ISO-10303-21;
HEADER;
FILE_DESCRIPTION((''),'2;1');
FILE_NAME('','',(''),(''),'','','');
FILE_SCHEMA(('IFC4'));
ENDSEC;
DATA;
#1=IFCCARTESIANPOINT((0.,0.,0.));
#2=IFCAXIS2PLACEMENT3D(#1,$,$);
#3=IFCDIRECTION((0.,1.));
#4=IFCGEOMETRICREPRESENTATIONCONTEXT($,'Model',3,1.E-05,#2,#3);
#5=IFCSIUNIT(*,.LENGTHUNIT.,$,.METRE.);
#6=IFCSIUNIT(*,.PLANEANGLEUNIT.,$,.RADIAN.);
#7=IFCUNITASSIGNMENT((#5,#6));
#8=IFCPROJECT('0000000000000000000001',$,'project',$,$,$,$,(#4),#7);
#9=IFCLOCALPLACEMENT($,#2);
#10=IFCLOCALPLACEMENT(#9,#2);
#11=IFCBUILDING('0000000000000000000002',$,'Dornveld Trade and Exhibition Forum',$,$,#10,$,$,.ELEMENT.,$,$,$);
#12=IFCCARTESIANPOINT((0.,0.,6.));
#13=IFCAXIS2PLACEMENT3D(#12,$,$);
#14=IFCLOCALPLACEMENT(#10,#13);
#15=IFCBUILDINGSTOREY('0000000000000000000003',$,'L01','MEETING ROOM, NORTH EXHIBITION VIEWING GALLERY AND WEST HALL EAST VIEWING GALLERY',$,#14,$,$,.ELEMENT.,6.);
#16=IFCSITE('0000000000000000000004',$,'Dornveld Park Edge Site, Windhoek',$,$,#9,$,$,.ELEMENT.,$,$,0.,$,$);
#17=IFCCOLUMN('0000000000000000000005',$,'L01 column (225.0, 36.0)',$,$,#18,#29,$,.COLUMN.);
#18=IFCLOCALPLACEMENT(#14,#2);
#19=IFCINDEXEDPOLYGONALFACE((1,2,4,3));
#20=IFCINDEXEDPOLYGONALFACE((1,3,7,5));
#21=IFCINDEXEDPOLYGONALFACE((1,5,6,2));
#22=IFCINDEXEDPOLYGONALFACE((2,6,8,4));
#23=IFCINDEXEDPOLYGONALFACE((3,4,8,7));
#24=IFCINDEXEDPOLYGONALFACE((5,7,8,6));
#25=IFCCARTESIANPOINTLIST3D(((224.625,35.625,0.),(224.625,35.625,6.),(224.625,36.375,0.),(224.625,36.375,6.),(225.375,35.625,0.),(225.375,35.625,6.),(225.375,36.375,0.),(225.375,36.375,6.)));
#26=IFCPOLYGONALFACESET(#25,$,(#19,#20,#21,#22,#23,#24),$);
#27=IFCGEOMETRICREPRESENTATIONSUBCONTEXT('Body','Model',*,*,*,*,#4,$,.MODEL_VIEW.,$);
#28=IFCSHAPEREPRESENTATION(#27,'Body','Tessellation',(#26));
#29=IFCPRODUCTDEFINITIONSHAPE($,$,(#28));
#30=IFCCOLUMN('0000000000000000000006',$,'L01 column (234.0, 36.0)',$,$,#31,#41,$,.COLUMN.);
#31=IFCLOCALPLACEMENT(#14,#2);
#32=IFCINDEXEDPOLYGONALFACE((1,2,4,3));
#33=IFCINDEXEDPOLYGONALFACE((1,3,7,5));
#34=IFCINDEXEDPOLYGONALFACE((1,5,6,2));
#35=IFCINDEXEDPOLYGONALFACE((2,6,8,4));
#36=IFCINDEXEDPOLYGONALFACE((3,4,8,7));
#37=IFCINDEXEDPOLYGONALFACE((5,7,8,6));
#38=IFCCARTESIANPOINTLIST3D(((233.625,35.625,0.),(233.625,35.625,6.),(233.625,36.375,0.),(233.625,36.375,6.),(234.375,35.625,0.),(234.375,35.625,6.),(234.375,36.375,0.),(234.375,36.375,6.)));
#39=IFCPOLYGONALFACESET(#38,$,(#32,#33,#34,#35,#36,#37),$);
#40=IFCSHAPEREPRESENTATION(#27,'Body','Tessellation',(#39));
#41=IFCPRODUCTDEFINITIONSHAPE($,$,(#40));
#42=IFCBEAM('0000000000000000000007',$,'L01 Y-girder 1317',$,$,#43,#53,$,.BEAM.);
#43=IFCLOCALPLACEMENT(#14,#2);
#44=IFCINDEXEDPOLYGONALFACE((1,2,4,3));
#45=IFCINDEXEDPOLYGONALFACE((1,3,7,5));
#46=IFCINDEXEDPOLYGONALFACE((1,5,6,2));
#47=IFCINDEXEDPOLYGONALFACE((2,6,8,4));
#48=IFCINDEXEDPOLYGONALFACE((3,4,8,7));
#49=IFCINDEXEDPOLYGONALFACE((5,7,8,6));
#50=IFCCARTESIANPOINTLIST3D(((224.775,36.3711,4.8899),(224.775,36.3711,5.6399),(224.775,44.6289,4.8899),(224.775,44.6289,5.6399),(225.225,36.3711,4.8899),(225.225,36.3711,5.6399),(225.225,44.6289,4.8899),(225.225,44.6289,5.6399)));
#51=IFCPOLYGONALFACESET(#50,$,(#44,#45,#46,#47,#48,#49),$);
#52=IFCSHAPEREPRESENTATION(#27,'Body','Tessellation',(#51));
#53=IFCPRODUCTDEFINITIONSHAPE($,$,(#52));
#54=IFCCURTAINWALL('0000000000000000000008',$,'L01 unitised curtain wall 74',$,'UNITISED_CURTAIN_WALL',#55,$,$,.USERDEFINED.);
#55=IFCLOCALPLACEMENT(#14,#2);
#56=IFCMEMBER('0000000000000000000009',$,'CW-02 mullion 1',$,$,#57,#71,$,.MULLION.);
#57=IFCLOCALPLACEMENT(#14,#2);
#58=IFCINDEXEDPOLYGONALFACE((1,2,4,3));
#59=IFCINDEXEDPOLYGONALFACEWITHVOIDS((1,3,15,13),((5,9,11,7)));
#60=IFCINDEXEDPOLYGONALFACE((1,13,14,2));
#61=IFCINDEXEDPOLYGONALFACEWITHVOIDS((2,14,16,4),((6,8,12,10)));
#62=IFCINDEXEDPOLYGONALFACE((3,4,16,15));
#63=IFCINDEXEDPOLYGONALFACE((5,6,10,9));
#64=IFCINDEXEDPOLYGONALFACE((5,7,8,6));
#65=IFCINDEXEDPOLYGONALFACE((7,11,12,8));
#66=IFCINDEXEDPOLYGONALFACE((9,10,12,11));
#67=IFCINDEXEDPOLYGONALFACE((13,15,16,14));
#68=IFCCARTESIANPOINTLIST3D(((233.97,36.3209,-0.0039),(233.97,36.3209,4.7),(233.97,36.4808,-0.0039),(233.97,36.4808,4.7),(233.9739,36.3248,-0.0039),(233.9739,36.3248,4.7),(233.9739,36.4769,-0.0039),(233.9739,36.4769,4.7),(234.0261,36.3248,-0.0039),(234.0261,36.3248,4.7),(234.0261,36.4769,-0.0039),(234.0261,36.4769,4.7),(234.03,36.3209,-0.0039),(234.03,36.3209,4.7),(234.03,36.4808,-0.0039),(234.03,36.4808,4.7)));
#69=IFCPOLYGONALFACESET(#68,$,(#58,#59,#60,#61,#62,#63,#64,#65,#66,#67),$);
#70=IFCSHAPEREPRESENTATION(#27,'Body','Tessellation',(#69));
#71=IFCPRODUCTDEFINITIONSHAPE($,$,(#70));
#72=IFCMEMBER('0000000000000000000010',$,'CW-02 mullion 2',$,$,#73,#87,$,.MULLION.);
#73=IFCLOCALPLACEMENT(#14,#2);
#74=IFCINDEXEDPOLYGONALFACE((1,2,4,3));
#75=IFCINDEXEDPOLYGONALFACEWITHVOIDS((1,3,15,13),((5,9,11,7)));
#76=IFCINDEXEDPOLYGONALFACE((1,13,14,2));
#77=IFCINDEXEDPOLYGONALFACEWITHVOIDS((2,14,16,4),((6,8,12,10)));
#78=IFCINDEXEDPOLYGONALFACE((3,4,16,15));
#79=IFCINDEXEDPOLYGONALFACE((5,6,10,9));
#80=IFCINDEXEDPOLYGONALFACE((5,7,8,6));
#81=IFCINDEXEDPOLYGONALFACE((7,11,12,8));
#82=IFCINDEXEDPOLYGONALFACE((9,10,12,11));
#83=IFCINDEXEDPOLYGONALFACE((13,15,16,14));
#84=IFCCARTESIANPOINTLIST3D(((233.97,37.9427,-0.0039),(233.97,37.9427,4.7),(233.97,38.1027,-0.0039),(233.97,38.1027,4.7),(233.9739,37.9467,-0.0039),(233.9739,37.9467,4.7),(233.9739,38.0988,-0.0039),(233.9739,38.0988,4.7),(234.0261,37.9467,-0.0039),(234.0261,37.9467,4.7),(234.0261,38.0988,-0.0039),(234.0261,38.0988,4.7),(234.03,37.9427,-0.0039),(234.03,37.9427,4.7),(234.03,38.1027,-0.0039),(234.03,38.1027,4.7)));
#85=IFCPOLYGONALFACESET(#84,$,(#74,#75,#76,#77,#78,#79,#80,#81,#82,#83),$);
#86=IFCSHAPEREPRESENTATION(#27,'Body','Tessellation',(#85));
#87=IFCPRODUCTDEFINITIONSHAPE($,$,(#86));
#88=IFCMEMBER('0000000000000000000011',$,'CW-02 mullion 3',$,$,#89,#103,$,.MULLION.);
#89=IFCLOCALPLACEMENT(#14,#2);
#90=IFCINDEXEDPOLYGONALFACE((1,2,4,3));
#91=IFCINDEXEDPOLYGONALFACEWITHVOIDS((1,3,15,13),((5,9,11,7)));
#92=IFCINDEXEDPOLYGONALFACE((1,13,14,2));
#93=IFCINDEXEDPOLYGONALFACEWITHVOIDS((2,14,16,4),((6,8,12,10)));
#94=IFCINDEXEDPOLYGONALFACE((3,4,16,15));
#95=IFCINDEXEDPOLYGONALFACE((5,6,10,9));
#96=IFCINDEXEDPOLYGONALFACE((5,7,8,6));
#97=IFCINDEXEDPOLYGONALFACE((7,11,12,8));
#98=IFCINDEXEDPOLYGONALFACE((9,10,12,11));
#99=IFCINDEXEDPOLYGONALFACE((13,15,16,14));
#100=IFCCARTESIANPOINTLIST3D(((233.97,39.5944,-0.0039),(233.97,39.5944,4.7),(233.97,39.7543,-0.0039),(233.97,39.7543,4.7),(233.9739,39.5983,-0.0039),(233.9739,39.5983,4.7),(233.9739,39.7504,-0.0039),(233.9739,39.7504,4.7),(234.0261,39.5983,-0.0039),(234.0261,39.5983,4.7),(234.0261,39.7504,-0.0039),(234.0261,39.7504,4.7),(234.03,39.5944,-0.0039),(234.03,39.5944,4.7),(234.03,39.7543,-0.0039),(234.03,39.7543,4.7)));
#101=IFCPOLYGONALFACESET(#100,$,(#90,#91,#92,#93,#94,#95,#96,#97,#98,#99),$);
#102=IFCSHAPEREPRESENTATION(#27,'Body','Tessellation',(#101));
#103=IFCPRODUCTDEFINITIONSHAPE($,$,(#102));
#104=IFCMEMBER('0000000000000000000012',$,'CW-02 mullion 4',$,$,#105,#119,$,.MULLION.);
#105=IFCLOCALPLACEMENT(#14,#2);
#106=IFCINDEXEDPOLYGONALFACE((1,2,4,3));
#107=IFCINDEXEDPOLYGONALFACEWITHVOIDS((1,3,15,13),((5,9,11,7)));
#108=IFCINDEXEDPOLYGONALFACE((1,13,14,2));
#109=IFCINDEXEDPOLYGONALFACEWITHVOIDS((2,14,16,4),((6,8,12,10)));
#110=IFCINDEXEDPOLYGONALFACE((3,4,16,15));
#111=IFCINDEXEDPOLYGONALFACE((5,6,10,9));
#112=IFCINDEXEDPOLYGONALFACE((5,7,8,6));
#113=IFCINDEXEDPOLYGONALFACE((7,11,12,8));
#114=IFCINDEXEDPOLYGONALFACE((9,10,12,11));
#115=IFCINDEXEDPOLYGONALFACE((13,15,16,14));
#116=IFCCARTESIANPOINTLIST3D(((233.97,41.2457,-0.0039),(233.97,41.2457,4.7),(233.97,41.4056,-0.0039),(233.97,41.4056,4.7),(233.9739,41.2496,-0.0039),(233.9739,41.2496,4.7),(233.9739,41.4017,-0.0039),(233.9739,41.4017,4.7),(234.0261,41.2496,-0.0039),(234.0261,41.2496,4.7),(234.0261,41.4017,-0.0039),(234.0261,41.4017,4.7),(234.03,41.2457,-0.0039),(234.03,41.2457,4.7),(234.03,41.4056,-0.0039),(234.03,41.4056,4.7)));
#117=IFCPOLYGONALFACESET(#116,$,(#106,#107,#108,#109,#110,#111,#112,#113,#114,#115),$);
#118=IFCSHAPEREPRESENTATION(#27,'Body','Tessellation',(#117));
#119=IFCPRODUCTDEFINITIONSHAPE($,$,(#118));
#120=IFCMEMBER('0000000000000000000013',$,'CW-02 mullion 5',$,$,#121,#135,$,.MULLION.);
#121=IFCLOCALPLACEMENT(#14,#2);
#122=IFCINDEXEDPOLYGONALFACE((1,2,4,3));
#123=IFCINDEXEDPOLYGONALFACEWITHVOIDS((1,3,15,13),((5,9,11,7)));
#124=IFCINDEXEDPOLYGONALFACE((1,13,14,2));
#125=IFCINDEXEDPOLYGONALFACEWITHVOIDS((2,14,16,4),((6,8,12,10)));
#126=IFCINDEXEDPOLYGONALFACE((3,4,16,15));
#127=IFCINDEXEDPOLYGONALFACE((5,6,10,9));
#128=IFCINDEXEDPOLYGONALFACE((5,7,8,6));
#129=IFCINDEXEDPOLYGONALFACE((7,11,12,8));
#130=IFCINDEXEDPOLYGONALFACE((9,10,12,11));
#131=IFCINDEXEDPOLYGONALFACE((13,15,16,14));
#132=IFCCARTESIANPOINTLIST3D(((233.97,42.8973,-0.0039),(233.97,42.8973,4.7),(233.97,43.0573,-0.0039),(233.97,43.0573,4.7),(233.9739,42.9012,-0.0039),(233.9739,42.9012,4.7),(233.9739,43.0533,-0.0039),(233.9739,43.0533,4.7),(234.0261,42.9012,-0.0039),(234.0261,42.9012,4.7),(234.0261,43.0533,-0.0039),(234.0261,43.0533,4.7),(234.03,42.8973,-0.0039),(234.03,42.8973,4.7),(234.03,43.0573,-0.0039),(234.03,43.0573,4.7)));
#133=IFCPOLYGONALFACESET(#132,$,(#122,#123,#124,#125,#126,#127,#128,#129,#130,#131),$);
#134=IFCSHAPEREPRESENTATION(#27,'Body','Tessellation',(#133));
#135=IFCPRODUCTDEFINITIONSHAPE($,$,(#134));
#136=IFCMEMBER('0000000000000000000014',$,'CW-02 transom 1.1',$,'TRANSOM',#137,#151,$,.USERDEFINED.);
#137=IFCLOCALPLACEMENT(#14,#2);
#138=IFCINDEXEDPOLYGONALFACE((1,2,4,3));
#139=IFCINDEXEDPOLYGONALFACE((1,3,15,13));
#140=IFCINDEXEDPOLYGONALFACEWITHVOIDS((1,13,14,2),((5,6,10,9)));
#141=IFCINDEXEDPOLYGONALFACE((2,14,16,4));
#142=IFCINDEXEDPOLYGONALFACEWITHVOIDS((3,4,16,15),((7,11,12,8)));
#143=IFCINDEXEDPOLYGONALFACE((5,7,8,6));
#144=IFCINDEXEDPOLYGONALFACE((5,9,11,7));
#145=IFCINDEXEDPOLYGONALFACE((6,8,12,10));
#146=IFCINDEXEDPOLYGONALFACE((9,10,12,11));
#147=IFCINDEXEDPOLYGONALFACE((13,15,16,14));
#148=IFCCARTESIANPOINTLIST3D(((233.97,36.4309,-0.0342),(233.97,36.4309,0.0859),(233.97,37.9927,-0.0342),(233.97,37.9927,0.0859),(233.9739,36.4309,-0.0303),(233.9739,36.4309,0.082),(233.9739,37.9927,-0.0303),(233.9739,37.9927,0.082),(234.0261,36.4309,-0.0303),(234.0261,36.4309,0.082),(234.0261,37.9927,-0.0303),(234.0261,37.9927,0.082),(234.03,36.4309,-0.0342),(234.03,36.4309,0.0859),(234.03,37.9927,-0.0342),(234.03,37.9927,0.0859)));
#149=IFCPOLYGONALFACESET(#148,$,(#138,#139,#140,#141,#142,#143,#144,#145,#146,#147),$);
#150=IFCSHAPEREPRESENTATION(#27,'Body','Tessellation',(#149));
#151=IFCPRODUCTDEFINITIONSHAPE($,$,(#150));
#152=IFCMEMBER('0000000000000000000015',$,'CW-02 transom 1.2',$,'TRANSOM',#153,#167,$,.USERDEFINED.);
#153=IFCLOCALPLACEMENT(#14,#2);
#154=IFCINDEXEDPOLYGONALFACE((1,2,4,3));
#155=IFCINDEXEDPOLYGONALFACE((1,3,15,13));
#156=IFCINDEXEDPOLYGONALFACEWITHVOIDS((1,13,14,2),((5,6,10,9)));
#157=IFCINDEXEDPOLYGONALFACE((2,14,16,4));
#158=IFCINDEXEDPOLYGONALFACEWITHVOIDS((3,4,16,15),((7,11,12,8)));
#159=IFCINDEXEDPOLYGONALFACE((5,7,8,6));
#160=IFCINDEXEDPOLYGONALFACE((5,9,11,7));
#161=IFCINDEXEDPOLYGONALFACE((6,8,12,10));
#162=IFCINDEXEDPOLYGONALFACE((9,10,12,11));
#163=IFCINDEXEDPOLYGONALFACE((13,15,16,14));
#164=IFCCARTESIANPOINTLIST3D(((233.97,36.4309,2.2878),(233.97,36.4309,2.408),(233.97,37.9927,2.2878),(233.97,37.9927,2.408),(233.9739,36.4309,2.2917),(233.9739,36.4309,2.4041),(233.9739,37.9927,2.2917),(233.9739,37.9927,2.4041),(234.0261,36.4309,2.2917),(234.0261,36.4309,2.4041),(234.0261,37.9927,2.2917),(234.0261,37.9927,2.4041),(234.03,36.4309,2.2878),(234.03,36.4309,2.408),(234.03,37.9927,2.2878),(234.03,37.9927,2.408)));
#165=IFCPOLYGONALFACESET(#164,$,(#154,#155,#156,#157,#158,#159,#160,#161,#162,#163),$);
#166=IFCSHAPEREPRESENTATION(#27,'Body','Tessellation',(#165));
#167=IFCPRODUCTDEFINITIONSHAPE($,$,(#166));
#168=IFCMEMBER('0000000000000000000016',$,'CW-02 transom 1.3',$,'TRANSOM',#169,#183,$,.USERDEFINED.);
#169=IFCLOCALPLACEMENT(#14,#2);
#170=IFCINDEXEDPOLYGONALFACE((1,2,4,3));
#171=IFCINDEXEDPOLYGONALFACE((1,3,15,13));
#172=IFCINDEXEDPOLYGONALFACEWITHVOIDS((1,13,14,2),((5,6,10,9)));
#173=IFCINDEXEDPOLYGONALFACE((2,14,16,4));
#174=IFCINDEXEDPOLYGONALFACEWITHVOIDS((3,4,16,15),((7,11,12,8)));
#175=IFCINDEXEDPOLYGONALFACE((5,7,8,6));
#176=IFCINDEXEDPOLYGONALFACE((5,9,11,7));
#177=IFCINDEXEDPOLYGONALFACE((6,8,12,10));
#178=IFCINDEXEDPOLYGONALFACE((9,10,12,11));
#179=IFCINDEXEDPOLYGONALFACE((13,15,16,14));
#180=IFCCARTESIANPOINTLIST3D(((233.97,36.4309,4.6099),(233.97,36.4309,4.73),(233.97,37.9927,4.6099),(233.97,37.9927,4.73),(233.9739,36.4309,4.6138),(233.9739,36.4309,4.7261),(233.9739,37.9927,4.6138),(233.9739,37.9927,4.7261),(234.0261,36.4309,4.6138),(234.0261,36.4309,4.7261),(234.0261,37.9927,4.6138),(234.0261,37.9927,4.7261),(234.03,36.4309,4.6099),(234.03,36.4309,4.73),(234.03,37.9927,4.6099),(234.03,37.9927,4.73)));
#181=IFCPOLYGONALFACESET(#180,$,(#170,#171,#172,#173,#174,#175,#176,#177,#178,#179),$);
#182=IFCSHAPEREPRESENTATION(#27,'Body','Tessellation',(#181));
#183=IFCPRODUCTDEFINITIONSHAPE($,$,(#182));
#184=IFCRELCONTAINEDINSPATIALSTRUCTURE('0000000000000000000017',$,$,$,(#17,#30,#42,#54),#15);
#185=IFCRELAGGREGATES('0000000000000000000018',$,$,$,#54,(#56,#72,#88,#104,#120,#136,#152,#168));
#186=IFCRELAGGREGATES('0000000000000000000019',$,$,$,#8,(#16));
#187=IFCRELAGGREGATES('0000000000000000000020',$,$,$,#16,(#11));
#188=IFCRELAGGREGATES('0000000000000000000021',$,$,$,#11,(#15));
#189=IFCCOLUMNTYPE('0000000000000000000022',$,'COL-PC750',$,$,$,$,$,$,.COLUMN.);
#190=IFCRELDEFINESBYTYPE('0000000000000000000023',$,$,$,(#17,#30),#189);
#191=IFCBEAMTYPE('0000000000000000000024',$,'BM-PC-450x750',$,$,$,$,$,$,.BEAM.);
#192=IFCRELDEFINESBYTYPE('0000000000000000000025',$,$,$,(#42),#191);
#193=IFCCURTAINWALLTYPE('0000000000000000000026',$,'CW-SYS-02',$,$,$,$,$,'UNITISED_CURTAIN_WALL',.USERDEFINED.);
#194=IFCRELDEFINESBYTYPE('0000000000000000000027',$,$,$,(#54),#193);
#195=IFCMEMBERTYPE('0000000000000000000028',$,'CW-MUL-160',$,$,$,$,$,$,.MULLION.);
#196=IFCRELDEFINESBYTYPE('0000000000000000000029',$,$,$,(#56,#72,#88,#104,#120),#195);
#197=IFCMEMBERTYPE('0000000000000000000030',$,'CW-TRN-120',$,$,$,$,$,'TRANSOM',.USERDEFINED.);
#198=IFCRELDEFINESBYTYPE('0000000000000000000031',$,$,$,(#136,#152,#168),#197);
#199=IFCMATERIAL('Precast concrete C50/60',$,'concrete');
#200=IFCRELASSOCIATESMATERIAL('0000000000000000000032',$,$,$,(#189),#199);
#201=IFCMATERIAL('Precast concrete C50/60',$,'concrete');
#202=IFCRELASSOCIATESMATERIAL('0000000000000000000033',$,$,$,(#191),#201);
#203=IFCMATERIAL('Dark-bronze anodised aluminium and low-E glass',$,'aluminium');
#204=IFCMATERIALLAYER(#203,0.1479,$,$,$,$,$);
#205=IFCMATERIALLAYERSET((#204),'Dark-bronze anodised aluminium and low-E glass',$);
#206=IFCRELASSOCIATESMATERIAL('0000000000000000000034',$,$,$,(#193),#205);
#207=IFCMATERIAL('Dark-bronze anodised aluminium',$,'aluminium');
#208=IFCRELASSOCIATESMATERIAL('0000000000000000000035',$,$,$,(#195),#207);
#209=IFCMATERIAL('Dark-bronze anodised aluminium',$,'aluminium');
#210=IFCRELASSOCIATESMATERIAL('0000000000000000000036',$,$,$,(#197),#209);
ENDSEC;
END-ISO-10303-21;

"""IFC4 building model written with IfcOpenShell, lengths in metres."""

from ifc_helpers import new_model, si_unit, direction, frame, origin, origin_2d, place, context, subcontext, project, spatial, rectangle, hollow_rectangle, extrude, material, layer, layer_set, material_profile, profile_set, type_object, element, aggregate, save


model = new_model("IFC4")

# Units and contexts
model_context = context("Model", 3, precision=1e-05, world=origin(), true_north=direction((0.0, 1.0)))
body_context = subcontext(model_context, "Body", "Model", "MODEL_VIEW")
ifc_project = project(units=[si_unit("LENGTHUNIT", "METRE"), si_unit("PLANEANGLEUNIT", "RADIAN")], contexts=[model_context])

# Site, building, storey
site_placement = place(None, origin())
site = spatial("IfcSite", under=ifc_project, at=site_placement, Name="Dornveld Park Edge Site, Windhoek", CompositionType="ELEMENT", RefElevation=0.0)
building_placement = place(site_placement, origin())
building = spatial("IfcBuilding", under=site, at=building_placement, Name="Dornveld Trade and Exhibition Forum", CompositionType="ELEMENT")
storey_placement = place(building_placement, frame((0.0, 0.0, 6.0)))
storey = spatial("IfcBuildingStorey", under=building, at=storey_placement, Name="L01", Description="MEETING ROOM, NORTH EXHIBITION VIEWING GALLERY AND WEST HALL EAST VIEWING GALLERY", CompositionType="ELEMENT", Elevation=6.0)

# Columns
ifc_material_1 = material(Name="Precast concrete C50/60", Category="concrete")
ifc_material_profile_1 = material_profile(ifc_material_1, rectangle(XDim=0.75, YDim=0.75, at=origin_2d()), Name="PC-COL 750x750")
ifc_profile_set_1 = profile_set([ifc_material_profile_1], Name="Precast concrete C50/60")
column_type = type_object("IfcColumnType", Name="COL-PC750", PredefinedType="COLUMN", material=ifc_profile_set_1)
for number, where, z_axis, x_axis, name in (
    (1, (225.0, 36.0, 0.0), (0.0, 0.0, 1.0), (1.0, 0.0, 0.0), "L01 column (225.0, 36.0)"),
    (2, (234.0, 36.0, 0.0), (0.0, 0.0, 1.0), (1.0, 0.0, 0.0), "L01 column (234.0, 36.0)"),
):
    element("IfcColumn", number, at=place(storey_placement, frame(where, z_axis=z_axis, x_axis=x_axis)), inside=storey, type_object=column_type, Name=name, PredefinedType="COLUMN", context=body_context, shape_type="SweptSolid", body=[
        extrude(rectangle(XDim=0.75, YDim=0.75, at=origin_2d()), origin(), (0.0, 0.0, 1.0), 6.0),
    ])

# Beam
ifc_material_2 = material(Name="Precast concrete C50/60", Category="concrete")
ifc_material_profile_2 = material_profile(ifc_material_2, rectangle(XDim=0.45, YDim=0.75, at=origin_2d()), Name="PC-BM 450x750")
ifc_profile_set_2 = profile_set([ifc_material_profile_2], Name="Precast concrete C50/60")
beam_type = type_object("IfcBeamType", Name="BM-PC-450x750", PredefinedType="BEAM", material=ifc_profile_set_2)
beam_placement = place(storey_placement, frame((225.0, 36.3711, 5.2649), z_axis=(0.0, 1.0, 0.0), x_axis=(-1.0, 0.0, 0.0)))
element("IfcBeam", 3, at=beam_placement, inside=storey, type_object=beam_type, Name="L01 Y-girder 1317", PredefinedType="BEAM", context=body_context, shape_type="SweptSolid", body=[
    extrude(rectangle(XDim=0.45, YDim=0.75, at=origin_2d()), origin(), (0.0, 0.0, 1.0), 8.2578),
])

# Curtain wall, members
ifc_material_3 = material(Name="Dark-bronze anodised aluminium and low-E glass", Category="aluminium")
ifc_layer_1 = layer(ifc_material_3, 0.1479)
ifc_layer_set_1 = layer_set([ifc_layer_1], Name="Dark-bronze anodised aluminium and low-E glass")
curtain_wall_type = type_object("IfcCurtainWallType", Name="CW-SYS-02", ElementType="UNITISED_CURTAIN_WALL", PredefinedType="USERDEFINED", material=ifc_layer_set_1)
curtain_wall_placement = place(storey_placement, origin())
curtain_wall = element("IfcCurtainWall", 4, at=curtain_wall_placement, inside=storey, type_object=curtain_wall_type, Name="L01 unitised curtain wall 74", ObjectType="UNITISED_CURTAIN_WALL", PredefinedType="USERDEFINED")
ifc_material_4 = material(Name="Dark-bronze anodised aluminium", Category="aluminium")
ifc_material_profile_3 = material_profile(ifc_material_4, hollow_rectangle(XDim=0.0601, YDim=0.1599, WallThickness=0.0039, at=origin_2d()), Name="RHS 160x60x4")
ifc_profile_set_3 = profile_set([ifc_material_profile_3], Name="Dark-bronze anodised aluminium")
member_type_1 = type_object("IfcMemberType", Name="CW-MUL-160", PredefinedType="MULLION", material=ifc_profile_set_3)
member_1_placement = place(storey_placement, frame((234.0, 36.4009, -0.0039), z_axis=(0.0, 0.0, 1.0), x_axis=(-1.0, 0.0, 0.0)))
member_1 = element("IfcMember", 5, at=member_1_placement, type_object=member_type_1, Name="CW-02 mullion 1", PredefinedType="MULLION", context=body_context, shape_type="SweptSolid", body=[
    extrude(hollow_rectangle(XDim=0.0601, YDim=0.1599, WallThickness=0.0039, at=origin_2d()), origin(), (0.0, 0.0, 1.0), 4.7039),
])
member_2_placement = place(storey_placement, frame((234.0, 38.0227, -0.0039), z_axis=(0.0, 0.0, 1.0), x_axis=(-1.0, 0.0, 0.0)))
member_2 = element("IfcMember", 6, at=member_2_placement, type_object=member_type_1, Name="CW-02 mullion 2", PredefinedType="MULLION", context=body_context, shape_type="SweptSolid", body=[
    extrude(hollow_rectangle(XDim=0.0601, YDim=0.1599, WallThickness=0.0039, at=origin_2d()), origin(), (0.0, 0.0, 1.0), 4.7039),
])
member_3_placement = place(storey_placement, frame((234.0, 39.6743, -0.0039), z_axis=(0.0, 0.0, 1.0), x_axis=(-1.0, 0.0, 0.0)))
member_3 = element("IfcMember", 7, at=member_3_placement, type_object=member_type_1, Name="CW-02 mullion 3", PredefinedType="MULLION", context=body_context, shape_type="SweptSolid", body=[
    extrude(hollow_rectangle(XDim=0.0601, YDim=0.1599, WallThickness=0.0039, at=origin_2d()), origin(), (0.0, 0.0, 1.0), 4.7039),
])
member_4_placement = place(storey_placement, frame((234.0, 41.3257, -0.0039), z_axis=(0.0, 0.0, 1.0), x_axis=(-1.0, 0.0, 0.0)))
member_4 = element("IfcMember", 8, at=member_4_placement, type_object=member_type_1, Name="CW-02 mullion 4", PredefinedType="MULLION", context=body_context, shape_type="SweptSolid", body=[
    extrude(hollow_rectangle(XDim=0.0601, YDim=0.1599, WallThickness=0.0039, at=origin_2d()), origin(), (0.0, 0.0, 1.0), 4.7039),
])
member_5_placement = place(storey_placement, frame((234.0, 42.9773, -0.0039), z_axis=(0.0, 0.0, 1.0), x_axis=(-1.0, 0.0, 0.0)))
member_5 = element("IfcMember", 9, at=member_5_placement, type_object=member_type_1, Name="CW-02 mullion 5", PredefinedType="MULLION", context=body_context, shape_type="SweptSolid", body=[
    extrude(hollow_rectangle(XDim=0.0601, YDim=0.1599, WallThickness=0.0039, at=origin_2d()), origin(), (0.0, 0.0, 1.0), 4.7039),
])
ifc_material_5 = material(Name="Dark-bronze anodised aluminium", Category="aluminium")
ifc_material_profile_4 = material_profile(ifc_material_5, hollow_rectangle(XDim=0.0601, YDim=0.1201, WallThickness=0.0039, at=origin_2d()), Name="RHS 120x60x4")
ifc_profile_set_4 = profile_set([ifc_material_profile_4], Name="Dark-bronze anodised aluminium")
member_type_2 = type_object("IfcMemberType", Name="CW-TRN-120", ElementType="TRANSOM", PredefinedType="USERDEFINED", material=ifc_profile_set_4)
member_6_placement = place(storey_placement, frame((234.0, 36.4309, 0.0259), z_axis=(0.0, 1.0, 0.0), x_axis=(-1.0, 0.0, 0.0)))
member_6 = element("IfcMember", 10, at=member_6_placement, type_object=member_type_2, Name="CW-02 transom 1.1", ObjectType="TRANSOM", PredefinedType="USERDEFINED", context=body_context, shape_type="SweptSolid", body=[
    extrude(hollow_rectangle(XDim=0.0601, YDim=0.1201, WallThickness=0.0039, at=origin_2d()), origin(), (0.0, 0.0, 1.0), 1.5618),
])
member_7_placement = place(storey_placement, frame((234.0, 36.4309, 2.3479), z_axis=(0.0, 1.0, 0.0), x_axis=(-1.0, 0.0, 0.0)))
member_7 = element("IfcMember", 11, at=member_7_placement, type_object=member_type_2, Name="CW-02 transom 1.2", ObjectType="TRANSOM", PredefinedType="USERDEFINED", context=body_context, shape_type="SweptSolid", body=[
    extrude(hollow_rectangle(XDim=0.0601, YDim=0.1201, WallThickness=0.0039, at=origin_2d()), origin(), (0.0, 0.0, 1.0), 1.5618),
])
member_8_placement = place(storey_placement, frame((234.0, 36.4309, 4.6699), z_axis=(0.0, 1.0, 0.0), x_axis=(-1.0, 0.0, 0.0)))
member_8 = element("IfcMember", 12, at=member_8_placement, type_object=member_type_2, Name="CW-02 transom 1.3", ObjectType="TRANSOM", PredefinedType="USERDEFINED", context=body_context, shape_type="SweptSolid", body=[
    extrude(hollow_rectangle(XDim=0.0601, YDim=0.1201, WallThickness=0.0039, at=origin_2d()), origin(), (0.0, 0.0, 1.0), 1.5618),
])
aggregate(curtain_wall, [member_1, member_2, member_3, member_4, member_5, member_6, member_7, member_8])

save(model, "model.ifc")
